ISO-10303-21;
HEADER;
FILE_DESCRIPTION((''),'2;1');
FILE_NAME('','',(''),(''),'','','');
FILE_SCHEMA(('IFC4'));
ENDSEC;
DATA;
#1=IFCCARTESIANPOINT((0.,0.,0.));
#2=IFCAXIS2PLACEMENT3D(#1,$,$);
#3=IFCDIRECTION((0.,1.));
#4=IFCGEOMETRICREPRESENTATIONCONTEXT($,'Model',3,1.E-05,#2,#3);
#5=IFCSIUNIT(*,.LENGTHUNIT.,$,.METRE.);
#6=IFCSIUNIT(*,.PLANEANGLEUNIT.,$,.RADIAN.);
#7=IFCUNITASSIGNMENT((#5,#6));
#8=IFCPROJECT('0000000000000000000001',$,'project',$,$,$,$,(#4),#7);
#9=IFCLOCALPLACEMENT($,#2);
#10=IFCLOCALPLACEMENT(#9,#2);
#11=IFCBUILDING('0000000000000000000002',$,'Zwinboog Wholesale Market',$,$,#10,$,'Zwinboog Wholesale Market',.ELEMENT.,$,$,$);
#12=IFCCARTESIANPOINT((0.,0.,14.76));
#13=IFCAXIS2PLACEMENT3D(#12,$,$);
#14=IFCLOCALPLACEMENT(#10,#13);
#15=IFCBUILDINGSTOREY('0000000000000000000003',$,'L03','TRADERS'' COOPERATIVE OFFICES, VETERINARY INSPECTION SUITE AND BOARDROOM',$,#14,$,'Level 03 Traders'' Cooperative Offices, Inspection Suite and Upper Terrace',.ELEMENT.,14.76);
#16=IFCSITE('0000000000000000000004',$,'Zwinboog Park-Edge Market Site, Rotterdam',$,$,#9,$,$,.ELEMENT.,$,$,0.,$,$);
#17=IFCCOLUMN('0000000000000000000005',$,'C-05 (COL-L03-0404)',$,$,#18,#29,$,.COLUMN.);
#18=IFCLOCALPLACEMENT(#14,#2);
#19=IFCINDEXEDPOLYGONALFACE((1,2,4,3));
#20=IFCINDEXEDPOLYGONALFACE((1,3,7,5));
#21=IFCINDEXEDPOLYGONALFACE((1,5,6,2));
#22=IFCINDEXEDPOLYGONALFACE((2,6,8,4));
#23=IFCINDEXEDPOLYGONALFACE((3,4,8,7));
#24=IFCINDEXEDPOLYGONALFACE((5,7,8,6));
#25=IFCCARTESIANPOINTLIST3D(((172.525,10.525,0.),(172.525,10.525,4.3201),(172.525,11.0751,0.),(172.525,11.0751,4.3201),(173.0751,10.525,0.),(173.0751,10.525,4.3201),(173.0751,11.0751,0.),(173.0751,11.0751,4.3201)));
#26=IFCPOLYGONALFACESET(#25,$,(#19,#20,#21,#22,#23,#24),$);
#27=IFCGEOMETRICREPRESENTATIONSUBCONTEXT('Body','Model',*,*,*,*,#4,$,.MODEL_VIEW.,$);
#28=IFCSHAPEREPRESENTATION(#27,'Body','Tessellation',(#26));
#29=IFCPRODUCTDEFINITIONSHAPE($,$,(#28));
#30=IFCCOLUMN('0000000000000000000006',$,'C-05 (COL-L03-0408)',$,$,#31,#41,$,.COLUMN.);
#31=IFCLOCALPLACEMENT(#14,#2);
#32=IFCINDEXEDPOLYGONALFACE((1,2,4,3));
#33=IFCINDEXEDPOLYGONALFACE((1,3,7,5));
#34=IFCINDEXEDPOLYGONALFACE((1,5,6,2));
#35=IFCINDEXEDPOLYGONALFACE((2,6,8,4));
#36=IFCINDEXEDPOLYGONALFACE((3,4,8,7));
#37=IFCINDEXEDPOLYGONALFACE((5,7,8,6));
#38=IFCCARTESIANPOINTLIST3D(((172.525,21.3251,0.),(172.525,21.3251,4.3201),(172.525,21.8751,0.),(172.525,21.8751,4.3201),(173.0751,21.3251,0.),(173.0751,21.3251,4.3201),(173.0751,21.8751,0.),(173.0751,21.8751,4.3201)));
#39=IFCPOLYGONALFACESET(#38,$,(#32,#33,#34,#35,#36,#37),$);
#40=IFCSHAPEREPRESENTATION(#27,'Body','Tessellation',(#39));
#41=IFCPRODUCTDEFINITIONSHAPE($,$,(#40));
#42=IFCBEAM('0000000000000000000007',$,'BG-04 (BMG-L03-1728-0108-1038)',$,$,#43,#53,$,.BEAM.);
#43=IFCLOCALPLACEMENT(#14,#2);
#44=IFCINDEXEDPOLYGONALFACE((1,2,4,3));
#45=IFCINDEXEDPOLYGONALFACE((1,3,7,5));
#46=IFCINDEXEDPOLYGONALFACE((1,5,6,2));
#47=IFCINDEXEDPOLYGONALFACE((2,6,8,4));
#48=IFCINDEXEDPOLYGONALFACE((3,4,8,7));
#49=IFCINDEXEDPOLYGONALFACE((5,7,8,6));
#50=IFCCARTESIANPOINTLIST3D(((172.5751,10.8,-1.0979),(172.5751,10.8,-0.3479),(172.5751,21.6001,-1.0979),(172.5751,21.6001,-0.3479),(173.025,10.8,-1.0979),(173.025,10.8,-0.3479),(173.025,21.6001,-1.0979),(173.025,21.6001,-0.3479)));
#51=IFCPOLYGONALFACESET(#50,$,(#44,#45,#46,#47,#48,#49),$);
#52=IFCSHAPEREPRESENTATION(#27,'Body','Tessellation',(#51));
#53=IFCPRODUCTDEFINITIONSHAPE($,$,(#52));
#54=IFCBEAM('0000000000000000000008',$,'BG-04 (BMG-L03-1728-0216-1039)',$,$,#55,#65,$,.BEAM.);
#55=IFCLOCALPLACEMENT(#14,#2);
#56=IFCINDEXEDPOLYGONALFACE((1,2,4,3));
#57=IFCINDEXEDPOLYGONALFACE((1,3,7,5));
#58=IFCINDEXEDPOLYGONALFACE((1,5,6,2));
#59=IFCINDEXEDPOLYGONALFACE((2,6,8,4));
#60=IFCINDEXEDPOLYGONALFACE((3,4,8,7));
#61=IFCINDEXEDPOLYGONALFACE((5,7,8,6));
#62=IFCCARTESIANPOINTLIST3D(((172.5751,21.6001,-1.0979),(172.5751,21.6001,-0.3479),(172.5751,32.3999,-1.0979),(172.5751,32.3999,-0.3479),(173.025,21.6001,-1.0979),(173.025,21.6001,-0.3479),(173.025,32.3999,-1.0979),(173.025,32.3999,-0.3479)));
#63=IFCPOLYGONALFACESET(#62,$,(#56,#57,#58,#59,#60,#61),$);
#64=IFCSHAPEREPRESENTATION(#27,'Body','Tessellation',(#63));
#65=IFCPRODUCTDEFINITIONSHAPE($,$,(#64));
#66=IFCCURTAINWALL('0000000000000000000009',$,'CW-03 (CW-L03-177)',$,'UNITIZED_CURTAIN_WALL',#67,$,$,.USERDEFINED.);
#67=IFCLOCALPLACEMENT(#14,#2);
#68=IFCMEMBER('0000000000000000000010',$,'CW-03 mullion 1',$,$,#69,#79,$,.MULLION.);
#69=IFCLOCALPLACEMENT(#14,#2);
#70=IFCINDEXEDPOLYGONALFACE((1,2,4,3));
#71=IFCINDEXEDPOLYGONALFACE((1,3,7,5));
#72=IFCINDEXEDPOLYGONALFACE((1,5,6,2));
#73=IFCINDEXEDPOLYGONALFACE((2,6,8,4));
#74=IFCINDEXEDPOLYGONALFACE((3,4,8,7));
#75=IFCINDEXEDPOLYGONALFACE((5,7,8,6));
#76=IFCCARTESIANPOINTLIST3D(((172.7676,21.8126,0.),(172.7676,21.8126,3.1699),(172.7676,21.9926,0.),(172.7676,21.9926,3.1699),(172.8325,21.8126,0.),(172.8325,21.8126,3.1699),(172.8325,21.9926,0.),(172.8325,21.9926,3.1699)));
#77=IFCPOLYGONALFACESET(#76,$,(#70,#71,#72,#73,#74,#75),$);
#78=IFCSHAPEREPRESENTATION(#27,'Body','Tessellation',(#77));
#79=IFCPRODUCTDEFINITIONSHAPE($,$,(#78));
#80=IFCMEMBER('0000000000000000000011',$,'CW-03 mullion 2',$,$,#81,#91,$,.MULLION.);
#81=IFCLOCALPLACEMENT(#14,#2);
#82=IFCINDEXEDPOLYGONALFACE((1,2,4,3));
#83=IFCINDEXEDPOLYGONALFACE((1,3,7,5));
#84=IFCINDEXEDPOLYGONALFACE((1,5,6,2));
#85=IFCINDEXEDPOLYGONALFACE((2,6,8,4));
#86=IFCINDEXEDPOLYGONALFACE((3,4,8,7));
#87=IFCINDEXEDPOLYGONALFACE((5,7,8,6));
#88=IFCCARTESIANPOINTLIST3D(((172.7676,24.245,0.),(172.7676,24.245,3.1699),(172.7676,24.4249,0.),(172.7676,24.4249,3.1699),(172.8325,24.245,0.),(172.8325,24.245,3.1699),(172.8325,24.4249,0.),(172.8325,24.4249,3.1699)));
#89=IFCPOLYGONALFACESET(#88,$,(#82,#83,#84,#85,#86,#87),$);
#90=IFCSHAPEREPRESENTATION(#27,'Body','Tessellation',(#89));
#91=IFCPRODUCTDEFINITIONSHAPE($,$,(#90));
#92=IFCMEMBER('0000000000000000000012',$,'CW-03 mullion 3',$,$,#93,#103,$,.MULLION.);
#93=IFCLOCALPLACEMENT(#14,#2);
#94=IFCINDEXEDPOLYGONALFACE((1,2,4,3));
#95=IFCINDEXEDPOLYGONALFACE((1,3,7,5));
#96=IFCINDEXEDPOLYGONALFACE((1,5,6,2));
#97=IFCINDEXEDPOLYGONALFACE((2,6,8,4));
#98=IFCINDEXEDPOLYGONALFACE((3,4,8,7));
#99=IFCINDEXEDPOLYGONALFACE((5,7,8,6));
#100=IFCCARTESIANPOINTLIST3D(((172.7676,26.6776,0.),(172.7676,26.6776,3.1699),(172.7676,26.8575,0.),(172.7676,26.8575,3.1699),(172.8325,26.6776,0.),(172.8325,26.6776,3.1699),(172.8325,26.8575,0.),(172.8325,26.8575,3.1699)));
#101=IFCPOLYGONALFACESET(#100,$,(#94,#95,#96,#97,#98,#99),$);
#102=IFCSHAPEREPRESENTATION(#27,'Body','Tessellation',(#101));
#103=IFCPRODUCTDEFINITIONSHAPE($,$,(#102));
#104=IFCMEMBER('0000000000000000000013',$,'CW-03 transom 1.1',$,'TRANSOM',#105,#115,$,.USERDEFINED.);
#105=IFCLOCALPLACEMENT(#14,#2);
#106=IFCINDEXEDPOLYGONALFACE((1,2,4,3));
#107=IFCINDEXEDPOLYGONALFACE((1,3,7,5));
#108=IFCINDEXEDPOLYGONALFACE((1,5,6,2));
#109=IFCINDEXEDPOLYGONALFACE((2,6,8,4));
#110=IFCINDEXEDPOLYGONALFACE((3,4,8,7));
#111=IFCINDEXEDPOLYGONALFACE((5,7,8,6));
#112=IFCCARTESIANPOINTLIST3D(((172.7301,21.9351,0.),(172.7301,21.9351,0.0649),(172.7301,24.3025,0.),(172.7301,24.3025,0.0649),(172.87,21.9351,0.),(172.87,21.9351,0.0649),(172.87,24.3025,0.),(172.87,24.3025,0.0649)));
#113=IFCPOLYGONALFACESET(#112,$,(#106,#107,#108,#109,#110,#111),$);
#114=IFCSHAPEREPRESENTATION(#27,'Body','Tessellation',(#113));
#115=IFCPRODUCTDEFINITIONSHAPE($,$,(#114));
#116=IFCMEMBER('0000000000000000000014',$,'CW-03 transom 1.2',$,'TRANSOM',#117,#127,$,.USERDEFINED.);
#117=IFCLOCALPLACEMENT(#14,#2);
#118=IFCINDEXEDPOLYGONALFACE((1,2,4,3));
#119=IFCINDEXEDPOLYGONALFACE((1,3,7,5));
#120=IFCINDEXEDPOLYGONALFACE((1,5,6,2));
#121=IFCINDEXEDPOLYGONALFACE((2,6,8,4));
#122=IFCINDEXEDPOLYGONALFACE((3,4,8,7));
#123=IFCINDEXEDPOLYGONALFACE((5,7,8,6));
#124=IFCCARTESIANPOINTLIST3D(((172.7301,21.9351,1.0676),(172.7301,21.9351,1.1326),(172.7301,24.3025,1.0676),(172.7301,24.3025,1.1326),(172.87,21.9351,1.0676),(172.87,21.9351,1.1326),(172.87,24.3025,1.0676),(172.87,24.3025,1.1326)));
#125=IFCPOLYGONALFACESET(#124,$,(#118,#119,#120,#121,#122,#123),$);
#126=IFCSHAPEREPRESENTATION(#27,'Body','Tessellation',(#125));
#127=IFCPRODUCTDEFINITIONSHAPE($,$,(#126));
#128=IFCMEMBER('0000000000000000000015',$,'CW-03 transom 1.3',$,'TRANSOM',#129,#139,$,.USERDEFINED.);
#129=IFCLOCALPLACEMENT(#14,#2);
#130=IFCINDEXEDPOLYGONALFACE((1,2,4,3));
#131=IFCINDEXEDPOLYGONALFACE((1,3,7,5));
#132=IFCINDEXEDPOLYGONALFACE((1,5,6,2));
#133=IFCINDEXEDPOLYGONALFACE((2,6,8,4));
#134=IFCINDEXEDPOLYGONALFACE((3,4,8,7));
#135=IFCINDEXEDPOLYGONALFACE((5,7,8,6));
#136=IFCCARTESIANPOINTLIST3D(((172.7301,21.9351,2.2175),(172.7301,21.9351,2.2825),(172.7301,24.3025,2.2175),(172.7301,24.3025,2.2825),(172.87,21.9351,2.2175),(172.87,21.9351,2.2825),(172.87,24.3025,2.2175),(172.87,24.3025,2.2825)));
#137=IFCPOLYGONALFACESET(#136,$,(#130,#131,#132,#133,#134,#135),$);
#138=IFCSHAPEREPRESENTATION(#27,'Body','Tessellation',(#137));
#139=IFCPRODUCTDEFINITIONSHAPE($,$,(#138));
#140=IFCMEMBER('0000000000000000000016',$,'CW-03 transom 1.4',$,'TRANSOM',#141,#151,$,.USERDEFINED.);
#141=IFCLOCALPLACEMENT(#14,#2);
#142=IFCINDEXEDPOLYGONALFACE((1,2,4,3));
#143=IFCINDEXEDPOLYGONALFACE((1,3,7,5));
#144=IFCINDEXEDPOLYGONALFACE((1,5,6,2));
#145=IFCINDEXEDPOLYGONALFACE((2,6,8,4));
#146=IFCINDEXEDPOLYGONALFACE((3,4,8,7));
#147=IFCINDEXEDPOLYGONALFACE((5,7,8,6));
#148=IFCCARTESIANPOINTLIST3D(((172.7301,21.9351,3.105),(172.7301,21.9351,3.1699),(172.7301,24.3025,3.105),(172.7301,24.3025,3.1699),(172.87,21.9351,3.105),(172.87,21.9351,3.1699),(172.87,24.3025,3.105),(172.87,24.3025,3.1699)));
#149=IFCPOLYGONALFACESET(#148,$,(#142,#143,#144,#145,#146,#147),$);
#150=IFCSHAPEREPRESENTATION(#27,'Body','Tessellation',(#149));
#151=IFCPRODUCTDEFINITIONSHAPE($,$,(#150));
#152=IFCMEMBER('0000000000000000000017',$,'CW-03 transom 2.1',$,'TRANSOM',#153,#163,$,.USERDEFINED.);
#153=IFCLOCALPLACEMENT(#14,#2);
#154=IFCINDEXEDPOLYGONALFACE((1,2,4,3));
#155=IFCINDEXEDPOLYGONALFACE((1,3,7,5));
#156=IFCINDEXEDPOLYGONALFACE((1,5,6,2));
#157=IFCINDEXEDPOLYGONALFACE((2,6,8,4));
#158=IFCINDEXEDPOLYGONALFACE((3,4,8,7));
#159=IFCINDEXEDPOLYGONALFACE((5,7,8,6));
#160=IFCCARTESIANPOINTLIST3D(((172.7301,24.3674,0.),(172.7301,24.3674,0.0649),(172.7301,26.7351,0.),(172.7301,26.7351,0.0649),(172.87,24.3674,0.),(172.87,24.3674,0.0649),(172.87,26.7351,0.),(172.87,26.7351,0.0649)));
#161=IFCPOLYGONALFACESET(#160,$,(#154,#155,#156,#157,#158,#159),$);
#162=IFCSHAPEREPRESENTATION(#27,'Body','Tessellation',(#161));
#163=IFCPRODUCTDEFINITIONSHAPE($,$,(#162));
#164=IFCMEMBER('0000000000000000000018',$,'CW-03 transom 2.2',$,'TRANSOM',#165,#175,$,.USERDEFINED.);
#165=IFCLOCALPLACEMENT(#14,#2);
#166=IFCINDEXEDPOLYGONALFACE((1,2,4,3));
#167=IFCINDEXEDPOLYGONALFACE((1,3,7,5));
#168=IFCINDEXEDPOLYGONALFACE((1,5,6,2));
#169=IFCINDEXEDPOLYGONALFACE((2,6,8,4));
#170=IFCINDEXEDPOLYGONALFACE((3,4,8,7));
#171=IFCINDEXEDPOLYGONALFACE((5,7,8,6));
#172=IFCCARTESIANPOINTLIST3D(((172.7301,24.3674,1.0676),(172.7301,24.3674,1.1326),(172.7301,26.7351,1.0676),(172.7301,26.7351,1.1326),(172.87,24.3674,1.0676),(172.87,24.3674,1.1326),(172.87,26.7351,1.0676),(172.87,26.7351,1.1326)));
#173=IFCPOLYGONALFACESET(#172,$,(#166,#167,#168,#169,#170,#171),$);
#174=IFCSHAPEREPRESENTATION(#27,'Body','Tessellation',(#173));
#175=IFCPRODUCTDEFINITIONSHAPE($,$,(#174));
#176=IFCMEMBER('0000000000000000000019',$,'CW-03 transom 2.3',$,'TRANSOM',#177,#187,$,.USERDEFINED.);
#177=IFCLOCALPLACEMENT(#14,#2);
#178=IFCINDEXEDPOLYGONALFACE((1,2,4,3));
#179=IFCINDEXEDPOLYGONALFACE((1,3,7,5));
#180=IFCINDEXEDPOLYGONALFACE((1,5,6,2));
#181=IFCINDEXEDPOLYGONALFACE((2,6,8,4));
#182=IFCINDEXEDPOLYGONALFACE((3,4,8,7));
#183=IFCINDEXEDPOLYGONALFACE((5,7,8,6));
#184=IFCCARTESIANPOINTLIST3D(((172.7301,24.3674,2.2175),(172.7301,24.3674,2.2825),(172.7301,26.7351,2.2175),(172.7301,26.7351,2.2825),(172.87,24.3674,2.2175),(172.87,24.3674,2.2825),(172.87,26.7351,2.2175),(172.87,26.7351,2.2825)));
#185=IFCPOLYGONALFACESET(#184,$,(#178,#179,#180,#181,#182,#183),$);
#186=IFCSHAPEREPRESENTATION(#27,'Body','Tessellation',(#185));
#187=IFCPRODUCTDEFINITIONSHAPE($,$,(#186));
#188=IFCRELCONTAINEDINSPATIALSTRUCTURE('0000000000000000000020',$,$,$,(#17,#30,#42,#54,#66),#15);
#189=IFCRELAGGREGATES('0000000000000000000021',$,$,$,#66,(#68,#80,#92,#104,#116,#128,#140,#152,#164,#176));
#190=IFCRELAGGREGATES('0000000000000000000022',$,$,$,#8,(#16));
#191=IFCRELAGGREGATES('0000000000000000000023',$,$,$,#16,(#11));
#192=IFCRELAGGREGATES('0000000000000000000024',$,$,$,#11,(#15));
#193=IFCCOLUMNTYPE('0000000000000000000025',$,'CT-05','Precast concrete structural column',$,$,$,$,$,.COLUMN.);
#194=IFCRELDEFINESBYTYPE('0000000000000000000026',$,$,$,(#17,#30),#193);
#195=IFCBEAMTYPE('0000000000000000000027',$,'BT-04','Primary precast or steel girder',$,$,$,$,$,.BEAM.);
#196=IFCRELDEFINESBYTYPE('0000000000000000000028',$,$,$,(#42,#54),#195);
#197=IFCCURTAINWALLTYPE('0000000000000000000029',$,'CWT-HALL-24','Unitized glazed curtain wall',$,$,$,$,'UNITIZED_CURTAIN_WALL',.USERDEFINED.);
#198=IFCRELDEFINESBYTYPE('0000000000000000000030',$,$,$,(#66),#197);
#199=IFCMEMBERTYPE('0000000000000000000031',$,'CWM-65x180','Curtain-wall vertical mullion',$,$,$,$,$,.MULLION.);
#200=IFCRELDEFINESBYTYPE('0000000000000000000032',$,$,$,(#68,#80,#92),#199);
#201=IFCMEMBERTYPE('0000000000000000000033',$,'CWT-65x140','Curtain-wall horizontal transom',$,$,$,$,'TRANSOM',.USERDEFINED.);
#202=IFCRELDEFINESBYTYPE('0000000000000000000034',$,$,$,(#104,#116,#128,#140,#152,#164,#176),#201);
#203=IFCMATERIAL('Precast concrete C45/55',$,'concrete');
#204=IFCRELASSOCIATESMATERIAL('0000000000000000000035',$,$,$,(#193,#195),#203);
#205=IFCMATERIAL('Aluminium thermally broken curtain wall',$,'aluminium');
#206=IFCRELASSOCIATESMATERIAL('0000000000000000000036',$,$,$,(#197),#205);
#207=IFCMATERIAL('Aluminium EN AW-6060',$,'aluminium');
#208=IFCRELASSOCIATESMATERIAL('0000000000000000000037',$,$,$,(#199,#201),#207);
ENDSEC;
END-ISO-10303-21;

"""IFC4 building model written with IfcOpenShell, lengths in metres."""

from ifc_helpers import new_model, si_unit, direction, frame, origin, origin_2d, place, context, subcontext, project, spatial, rectangle, extrude, material, material_profile, profile_set, type_object, element, aggregate, save


model = new_model("IFC4")

# Units and contexts
model_context = context("Model", 3, precision=1e-05, world=origin(), true_north=direction((0.0, 1.0)))
body_context = subcontext(model_context, "Body", "Model", "MODEL_VIEW")
ifc_project = project(units=[si_unit("LENGTHUNIT", "METRE"), si_unit("PLANEANGLEUNIT", "RADIAN")], contexts=[model_context])

# Site, building, storey
site_placement = place(None, origin())
site = spatial("IfcSite", under=ifc_project, at=site_placement, Name="Zwinboog Park-Edge Market Site, Rotterdam", CompositionType="ELEMENT", RefElevation=0.0)
building_placement = place(site_placement, origin())
building = spatial("IfcBuilding", under=site, at=building_placement, Name="Zwinboog Wholesale Market", LongName="Zwinboog Wholesale Market", CompositionType="ELEMENT")
storey_placement = place(building_placement, frame((0.0, 0.0, 14.76)))
storey = spatial("IfcBuildingStorey", under=building, at=storey_placement, Name="L03", Description="TRADERS' COOPERATIVE OFFICES, VETERINARY INSPECTION SUITE AND BOARDROOM", LongName="Level 03 Traders' Cooperative Offices, Inspection Suite and Upper Terrace", CompositionType="ELEMENT", Elevation=14.76)

# Columns
ifc_material_1 = material(Name="Precast concrete C45/55", Category="concrete")
ifc_material_profile_1 = material_profile(ifc_material_1, rectangle(XDim=0.55, YDim=0.55, at=origin_2d()), Name="PC 550x550")
ifc_profile_set_1 = profile_set([ifc_material_profile_1], Name="Precast concrete C45/55")
column_type = type_object("IfcColumnType", Name="CT-05", Description="Precast concrete structural column", PredefinedType="COLUMN", material=ifc_profile_set_1)
for number, where, z_axis, x_axis, name in (
    (1, (172.8, 10.8, 0.0), (0.0, 0.0, 1.0), (1.0, 0.0, 0.0), "C-05 (COL-L03-0404)"),
    (2, (172.8, 21.6001, 0.0), (0.0, 0.0, 1.0), (1.0, 0.0, 0.0), "C-05 (COL-L03-0408)"),
):
    element("IfcColumn", number, at=place(storey_placement, frame(where, z_axis=z_axis, x_axis=x_axis)), inside=storey, type_object=column_type, Name=name, PredefinedType="COLUMN", context=body_context, shape_type="SweptSolid", body=[
        extrude(rectangle(XDim=0.55, YDim=0.55, at=origin_2d()), origin(), (0.0, 0.0, 1.0), 4.3201),
    ])

# Beams
ifc_material_profile_2 = material_profile(ifc_material_1, rectangle(XDim=0.45, YDim=0.75, at=origin_2d()), Name="PC 450x750")
ifc_profile_set_2 = profile_set([ifc_material_profile_2], Name="Precast concrete C45/55")
beam_type = type_object("IfcBeamType", Name="BT-04", Description="Primary precast or steel girder", PredefinedType="BEAM", material=ifc_profile_set_2)
beam_1_placement = place(storey_placement, frame((172.8, 10.8, -0.7229), z_axis=(0.0, 1.0, 0.0), x_axis=(-1.0, 0.0, 0.0)))
element("IfcBeam", 3, at=beam_1_placement, inside=storey, type_object=beam_type, Name="BG-04 (BMG-L03-1728-0108-1038)", PredefinedType="BEAM", context=body_context, shape_type="SweptSolid", body=[
    extrude(rectangle(XDim=0.45, YDim=0.75, at=origin_2d()), origin(), (0.0, 0.0, 1.0), 10.8),
])
beam_2_placement = place(storey_placement, frame((172.8, 21.6001, -0.7229), z_axis=(0.0, 1.0, 0.0), x_axis=(-1.0, 0.0, 0.0)))
element("IfcBeam", 4, at=beam_2_placement, inside=storey, type_object=beam_type, Name="BG-04 (BMG-L03-1728-0216-1039)", PredefinedType="BEAM", context=body_context, shape_type="SweptSolid", body=[
    extrude(rectangle(XDim=0.45, YDim=0.75, at=origin_2d()), origin(), (0.0, 0.0, 1.0), 10.7998),
])

# Curtain wall, members
ifc_material_2 = material(Name="Aluminium thermally broken curtain wall", Category="aluminium")
curtain_wall_type = type_object("IfcCurtainWallType", Name="CWT-HALL-24", Description="Unitized glazed curtain wall", ElementType="UNITIZED_CURTAIN_WALL", PredefinedType="USERDEFINED", material=ifc_material_2)
curtain_wall_placement = place(storey_placement, origin())
curtain_wall = element("IfcCurtainWall", 5, at=curtain_wall_placement, inside=storey, type_object=curtain_wall_type, Name="CW-03 (CW-L03-177)", ObjectType="UNITIZED_CURTAIN_WALL", PredefinedType="USERDEFINED")
ifc_material_3 = material(Name="Aluminium EN AW-6060", Category="aluminium")
ifc_material_profile_3 = material_profile(ifc_material_3, rectangle(XDim=0.0649, YDim=0.1799, at=origin_2d()), Name="AL 65x180")
ifc_profile_set_3 = profile_set([ifc_material_profile_3], Name="Aluminium EN AW-6060")
member_type_1 = type_object("IfcMemberType", Name="CWM-65x180", Description="Curtain-wall vertical mullion", PredefinedType="MULLION", material=ifc_profile_set_3)
member_1_placement = place(storey_placement, frame((172.8, 21.9026, 0.0), z_axis=(0.0, 0.0, 1.0), x_axis=(-1.0, 0.0, 0.0)))
member_1 = element("IfcMember", 6, at=member_1_placement, type_object=member_type_1, Name="CW-03 mullion 1", PredefinedType="MULLION", context=body_context, shape_type="SweptSolid", body=[
    extrude(rectangle(XDim=0.0649, YDim=0.1799, at=origin_2d()), origin(), (0.0, 0.0, 1.0), 3.1699),
])
member_2_placement = place(storey_placement, frame((172.8, 24.335, 0.0), z_axis=(0.0, 0.0, 1.0), x_axis=(-1.0, 0.0, 0.0)))
member_2 = element("IfcMember", 7, at=member_2_placement, type_object=member_type_1, Name="CW-03 mullion 2", PredefinedType="MULLION", context=body_context, shape_type="SweptSolid", body=[
    extrude(rectangle(XDim=0.0649, YDim=0.1799, at=origin_2d()), origin(), (0.0, 0.0, 1.0), 3.1699),
])
member_3_placement = place(storey_placement, frame((172.8, 26.7676, 0.0), z_axis=(0.0, 0.0, 1.0), x_axis=(-1.0, 0.0, 0.0)))
member_3 = element("IfcMember", 8, at=member_3_placement, type_object=member_type_1, Name="CW-03 mullion 3", PredefinedType="MULLION", context=body_context, shape_type="SweptSolid", body=[
    extrude(rectangle(XDim=0.0649, YDim=0.1799, at=origin_2d()), origin(), (0.0, 0.0, 1.0), 3.1699),
])
ifc_material_profile_4 = material_profile(ifc_material_3, rectangle(XDim=0.1399, YDim=0.0649, at=origin_2d()), Name="AL 65x140")
ifc_profile_set_4 = profile_set([ifc_material_profile_4], Name="Aluminium EN AW-6060")
member_type_2 = type_object("IfcMemberType", Name="CWT-65x140", Description="Curtain-wall horizontal transom", ElementType="TRANSOM", PredefinedType="USERDEFINED", material=ifc_profile_set_4)
member_4_placement = place(storey_placement, frame((172.8, 21.9351, 0.0325), z_axis=(0.0, 1.0, 0.0), x_axis=(-1.0, 0.0, 0.0)))
member_4 = element("IfcMember", 9, at=member_4_placement, type_object=member_type_2, Name="CW-03 transom 1.1", ObjectType="TRANSOM", PredefinedType="USERDEFINED", context=body_context, shape_type="SweptSolid", body=[
    extrude(rectangle(XDim=0.1399, YDim=0.0649, at=origin_2d()), origin(), (0.0, 0.0, 1.0), 2.3674),
])
member_5_placement = place(storey_placement, frame((172.8, 21.9351, 1.1001), z_axis=(0.0, 1.0, 0.0), x_axis=(-1.0, 0.0, 0.0)))
member_5 = element("IfcMember", 10, at=member_5_placement, type_object=member_type_2, Name="CW-03 transom 1.2", ObjectType="TRANSOM", PredefinedType="USERDEFINED", context=body_context, shape_type="SweptSolid", body=[
    extrude(rectangle(XDim=0.1399, YDim=0.0649, at=origin_2d()), origin(), (0.0, 0.0, 1.0), 2.3674),
])
member_6_placement = place(storey_placement, frame((172.8, 21.9351, 2.25), z_axis=(0.0, 1.0, 0.0), x_axis=(-1.0, 0.0, 0.0)))
member_6 = element("IfcMember", 11, at=member_6_placement, type_object=member_type_2, Name="CW-03 transom 1.3", ObjectType="TRANSOM", PredefinedType="USERDEFINED", context=body_context, shape_type="SweptSolid", body=[
    extrude(rectangle(XDim=0.1399, YDim=0.0649, at=origin_2d()), origin(), (0.0, 0.0, 1.0), 2.3674),
])
member_7_placement = place(storey_placement, frame((172.8, 21.9351, 3.1375), z_axis=(0.0, 1.0, 0.0), x_axis=(-1.0, 0.0, 0.0)))
member_7 = element("IfcMember", 12, at=member_7_placement, type_object=member_type_2, Name="CW-03 transom 1.4", ObjectType="TRANSOM", PredefinedType="USERDEFINED", context=body_context, shape_type="SweptSolid", body=[
    extrude(rectangle(XDim=0.1399, YDim=0.0649, at=origin_2d()), origin(), (0.0, 0.0, 1.0), 2.3674),
])
member_8_placement = place(storey_placement, frame((172.8, 24.3674, 0.0325), z_axis=(0.0, 1.0, 0.0), x_axis=(-1.0, 0.0, 0.0)))
member_8 = element("IfcMember", 13, at=member_8_placement, type_object=member_type_2, Name="CW-03 transom 2.1", ObjectType="TRANSOM", PredefinedType="USERDEFINED", context=body_context, shape_type="SweptSolid", body=[
    extrude(rectangle(XDim=0.1399, YDim=0.0649, at=origin_2d()), origin(), (0.0, 0.0, 1.0), 2.3677),
])
member_9_placement = place(storey_placement, frame((172.8, 24.3674, 1.1001), z_axis=(0.0, 1.0, 0.0), x_axis=(-1.0, 0.0, 0.0)))
member_9 = element("IfcMember", 14, at=member_9_placement, type_object=member_type_2, Name="CW-03 transom 2.2", ObjectType="TRANSOM", PredefinedType="USERDEFINED", context=body_context, shape_type="SweptSolid", body=[
    extrude(rectangle(XDim=0.1399, YDim=0.0649, at=origin_2d()), origin(), (0.0, 0.0, 1.0), 2.3677),
])
member_10_placement = place(storey_placement, frame((172.8, 24.3674, 2.25), z_axis=(0.0, 1.0, 0.0), x_axis=(-1.0, 0.0, 0.0)))
member_10 = element("IfcMember", 15, at=member_10_placement, type_object=member_type_2, Name="CW-03 transom 2.3", ObjectType="TRANSOM", PredefinedType="USERDEFINED", context=body_context, shape_type="SweptSolid", body=[
    extrude(rectangle(XDim=0.1399, YDim=0.0649, at=origin_2d()), origin(), (0.0, 0.0, 1.0), 2.3677),
])
aggregate(curtain_wall, [member_1, member_2, member_3, member_4, member_5, member_6, member_7, member_8, member_9, member_10])

save(model, "model.ifc")
